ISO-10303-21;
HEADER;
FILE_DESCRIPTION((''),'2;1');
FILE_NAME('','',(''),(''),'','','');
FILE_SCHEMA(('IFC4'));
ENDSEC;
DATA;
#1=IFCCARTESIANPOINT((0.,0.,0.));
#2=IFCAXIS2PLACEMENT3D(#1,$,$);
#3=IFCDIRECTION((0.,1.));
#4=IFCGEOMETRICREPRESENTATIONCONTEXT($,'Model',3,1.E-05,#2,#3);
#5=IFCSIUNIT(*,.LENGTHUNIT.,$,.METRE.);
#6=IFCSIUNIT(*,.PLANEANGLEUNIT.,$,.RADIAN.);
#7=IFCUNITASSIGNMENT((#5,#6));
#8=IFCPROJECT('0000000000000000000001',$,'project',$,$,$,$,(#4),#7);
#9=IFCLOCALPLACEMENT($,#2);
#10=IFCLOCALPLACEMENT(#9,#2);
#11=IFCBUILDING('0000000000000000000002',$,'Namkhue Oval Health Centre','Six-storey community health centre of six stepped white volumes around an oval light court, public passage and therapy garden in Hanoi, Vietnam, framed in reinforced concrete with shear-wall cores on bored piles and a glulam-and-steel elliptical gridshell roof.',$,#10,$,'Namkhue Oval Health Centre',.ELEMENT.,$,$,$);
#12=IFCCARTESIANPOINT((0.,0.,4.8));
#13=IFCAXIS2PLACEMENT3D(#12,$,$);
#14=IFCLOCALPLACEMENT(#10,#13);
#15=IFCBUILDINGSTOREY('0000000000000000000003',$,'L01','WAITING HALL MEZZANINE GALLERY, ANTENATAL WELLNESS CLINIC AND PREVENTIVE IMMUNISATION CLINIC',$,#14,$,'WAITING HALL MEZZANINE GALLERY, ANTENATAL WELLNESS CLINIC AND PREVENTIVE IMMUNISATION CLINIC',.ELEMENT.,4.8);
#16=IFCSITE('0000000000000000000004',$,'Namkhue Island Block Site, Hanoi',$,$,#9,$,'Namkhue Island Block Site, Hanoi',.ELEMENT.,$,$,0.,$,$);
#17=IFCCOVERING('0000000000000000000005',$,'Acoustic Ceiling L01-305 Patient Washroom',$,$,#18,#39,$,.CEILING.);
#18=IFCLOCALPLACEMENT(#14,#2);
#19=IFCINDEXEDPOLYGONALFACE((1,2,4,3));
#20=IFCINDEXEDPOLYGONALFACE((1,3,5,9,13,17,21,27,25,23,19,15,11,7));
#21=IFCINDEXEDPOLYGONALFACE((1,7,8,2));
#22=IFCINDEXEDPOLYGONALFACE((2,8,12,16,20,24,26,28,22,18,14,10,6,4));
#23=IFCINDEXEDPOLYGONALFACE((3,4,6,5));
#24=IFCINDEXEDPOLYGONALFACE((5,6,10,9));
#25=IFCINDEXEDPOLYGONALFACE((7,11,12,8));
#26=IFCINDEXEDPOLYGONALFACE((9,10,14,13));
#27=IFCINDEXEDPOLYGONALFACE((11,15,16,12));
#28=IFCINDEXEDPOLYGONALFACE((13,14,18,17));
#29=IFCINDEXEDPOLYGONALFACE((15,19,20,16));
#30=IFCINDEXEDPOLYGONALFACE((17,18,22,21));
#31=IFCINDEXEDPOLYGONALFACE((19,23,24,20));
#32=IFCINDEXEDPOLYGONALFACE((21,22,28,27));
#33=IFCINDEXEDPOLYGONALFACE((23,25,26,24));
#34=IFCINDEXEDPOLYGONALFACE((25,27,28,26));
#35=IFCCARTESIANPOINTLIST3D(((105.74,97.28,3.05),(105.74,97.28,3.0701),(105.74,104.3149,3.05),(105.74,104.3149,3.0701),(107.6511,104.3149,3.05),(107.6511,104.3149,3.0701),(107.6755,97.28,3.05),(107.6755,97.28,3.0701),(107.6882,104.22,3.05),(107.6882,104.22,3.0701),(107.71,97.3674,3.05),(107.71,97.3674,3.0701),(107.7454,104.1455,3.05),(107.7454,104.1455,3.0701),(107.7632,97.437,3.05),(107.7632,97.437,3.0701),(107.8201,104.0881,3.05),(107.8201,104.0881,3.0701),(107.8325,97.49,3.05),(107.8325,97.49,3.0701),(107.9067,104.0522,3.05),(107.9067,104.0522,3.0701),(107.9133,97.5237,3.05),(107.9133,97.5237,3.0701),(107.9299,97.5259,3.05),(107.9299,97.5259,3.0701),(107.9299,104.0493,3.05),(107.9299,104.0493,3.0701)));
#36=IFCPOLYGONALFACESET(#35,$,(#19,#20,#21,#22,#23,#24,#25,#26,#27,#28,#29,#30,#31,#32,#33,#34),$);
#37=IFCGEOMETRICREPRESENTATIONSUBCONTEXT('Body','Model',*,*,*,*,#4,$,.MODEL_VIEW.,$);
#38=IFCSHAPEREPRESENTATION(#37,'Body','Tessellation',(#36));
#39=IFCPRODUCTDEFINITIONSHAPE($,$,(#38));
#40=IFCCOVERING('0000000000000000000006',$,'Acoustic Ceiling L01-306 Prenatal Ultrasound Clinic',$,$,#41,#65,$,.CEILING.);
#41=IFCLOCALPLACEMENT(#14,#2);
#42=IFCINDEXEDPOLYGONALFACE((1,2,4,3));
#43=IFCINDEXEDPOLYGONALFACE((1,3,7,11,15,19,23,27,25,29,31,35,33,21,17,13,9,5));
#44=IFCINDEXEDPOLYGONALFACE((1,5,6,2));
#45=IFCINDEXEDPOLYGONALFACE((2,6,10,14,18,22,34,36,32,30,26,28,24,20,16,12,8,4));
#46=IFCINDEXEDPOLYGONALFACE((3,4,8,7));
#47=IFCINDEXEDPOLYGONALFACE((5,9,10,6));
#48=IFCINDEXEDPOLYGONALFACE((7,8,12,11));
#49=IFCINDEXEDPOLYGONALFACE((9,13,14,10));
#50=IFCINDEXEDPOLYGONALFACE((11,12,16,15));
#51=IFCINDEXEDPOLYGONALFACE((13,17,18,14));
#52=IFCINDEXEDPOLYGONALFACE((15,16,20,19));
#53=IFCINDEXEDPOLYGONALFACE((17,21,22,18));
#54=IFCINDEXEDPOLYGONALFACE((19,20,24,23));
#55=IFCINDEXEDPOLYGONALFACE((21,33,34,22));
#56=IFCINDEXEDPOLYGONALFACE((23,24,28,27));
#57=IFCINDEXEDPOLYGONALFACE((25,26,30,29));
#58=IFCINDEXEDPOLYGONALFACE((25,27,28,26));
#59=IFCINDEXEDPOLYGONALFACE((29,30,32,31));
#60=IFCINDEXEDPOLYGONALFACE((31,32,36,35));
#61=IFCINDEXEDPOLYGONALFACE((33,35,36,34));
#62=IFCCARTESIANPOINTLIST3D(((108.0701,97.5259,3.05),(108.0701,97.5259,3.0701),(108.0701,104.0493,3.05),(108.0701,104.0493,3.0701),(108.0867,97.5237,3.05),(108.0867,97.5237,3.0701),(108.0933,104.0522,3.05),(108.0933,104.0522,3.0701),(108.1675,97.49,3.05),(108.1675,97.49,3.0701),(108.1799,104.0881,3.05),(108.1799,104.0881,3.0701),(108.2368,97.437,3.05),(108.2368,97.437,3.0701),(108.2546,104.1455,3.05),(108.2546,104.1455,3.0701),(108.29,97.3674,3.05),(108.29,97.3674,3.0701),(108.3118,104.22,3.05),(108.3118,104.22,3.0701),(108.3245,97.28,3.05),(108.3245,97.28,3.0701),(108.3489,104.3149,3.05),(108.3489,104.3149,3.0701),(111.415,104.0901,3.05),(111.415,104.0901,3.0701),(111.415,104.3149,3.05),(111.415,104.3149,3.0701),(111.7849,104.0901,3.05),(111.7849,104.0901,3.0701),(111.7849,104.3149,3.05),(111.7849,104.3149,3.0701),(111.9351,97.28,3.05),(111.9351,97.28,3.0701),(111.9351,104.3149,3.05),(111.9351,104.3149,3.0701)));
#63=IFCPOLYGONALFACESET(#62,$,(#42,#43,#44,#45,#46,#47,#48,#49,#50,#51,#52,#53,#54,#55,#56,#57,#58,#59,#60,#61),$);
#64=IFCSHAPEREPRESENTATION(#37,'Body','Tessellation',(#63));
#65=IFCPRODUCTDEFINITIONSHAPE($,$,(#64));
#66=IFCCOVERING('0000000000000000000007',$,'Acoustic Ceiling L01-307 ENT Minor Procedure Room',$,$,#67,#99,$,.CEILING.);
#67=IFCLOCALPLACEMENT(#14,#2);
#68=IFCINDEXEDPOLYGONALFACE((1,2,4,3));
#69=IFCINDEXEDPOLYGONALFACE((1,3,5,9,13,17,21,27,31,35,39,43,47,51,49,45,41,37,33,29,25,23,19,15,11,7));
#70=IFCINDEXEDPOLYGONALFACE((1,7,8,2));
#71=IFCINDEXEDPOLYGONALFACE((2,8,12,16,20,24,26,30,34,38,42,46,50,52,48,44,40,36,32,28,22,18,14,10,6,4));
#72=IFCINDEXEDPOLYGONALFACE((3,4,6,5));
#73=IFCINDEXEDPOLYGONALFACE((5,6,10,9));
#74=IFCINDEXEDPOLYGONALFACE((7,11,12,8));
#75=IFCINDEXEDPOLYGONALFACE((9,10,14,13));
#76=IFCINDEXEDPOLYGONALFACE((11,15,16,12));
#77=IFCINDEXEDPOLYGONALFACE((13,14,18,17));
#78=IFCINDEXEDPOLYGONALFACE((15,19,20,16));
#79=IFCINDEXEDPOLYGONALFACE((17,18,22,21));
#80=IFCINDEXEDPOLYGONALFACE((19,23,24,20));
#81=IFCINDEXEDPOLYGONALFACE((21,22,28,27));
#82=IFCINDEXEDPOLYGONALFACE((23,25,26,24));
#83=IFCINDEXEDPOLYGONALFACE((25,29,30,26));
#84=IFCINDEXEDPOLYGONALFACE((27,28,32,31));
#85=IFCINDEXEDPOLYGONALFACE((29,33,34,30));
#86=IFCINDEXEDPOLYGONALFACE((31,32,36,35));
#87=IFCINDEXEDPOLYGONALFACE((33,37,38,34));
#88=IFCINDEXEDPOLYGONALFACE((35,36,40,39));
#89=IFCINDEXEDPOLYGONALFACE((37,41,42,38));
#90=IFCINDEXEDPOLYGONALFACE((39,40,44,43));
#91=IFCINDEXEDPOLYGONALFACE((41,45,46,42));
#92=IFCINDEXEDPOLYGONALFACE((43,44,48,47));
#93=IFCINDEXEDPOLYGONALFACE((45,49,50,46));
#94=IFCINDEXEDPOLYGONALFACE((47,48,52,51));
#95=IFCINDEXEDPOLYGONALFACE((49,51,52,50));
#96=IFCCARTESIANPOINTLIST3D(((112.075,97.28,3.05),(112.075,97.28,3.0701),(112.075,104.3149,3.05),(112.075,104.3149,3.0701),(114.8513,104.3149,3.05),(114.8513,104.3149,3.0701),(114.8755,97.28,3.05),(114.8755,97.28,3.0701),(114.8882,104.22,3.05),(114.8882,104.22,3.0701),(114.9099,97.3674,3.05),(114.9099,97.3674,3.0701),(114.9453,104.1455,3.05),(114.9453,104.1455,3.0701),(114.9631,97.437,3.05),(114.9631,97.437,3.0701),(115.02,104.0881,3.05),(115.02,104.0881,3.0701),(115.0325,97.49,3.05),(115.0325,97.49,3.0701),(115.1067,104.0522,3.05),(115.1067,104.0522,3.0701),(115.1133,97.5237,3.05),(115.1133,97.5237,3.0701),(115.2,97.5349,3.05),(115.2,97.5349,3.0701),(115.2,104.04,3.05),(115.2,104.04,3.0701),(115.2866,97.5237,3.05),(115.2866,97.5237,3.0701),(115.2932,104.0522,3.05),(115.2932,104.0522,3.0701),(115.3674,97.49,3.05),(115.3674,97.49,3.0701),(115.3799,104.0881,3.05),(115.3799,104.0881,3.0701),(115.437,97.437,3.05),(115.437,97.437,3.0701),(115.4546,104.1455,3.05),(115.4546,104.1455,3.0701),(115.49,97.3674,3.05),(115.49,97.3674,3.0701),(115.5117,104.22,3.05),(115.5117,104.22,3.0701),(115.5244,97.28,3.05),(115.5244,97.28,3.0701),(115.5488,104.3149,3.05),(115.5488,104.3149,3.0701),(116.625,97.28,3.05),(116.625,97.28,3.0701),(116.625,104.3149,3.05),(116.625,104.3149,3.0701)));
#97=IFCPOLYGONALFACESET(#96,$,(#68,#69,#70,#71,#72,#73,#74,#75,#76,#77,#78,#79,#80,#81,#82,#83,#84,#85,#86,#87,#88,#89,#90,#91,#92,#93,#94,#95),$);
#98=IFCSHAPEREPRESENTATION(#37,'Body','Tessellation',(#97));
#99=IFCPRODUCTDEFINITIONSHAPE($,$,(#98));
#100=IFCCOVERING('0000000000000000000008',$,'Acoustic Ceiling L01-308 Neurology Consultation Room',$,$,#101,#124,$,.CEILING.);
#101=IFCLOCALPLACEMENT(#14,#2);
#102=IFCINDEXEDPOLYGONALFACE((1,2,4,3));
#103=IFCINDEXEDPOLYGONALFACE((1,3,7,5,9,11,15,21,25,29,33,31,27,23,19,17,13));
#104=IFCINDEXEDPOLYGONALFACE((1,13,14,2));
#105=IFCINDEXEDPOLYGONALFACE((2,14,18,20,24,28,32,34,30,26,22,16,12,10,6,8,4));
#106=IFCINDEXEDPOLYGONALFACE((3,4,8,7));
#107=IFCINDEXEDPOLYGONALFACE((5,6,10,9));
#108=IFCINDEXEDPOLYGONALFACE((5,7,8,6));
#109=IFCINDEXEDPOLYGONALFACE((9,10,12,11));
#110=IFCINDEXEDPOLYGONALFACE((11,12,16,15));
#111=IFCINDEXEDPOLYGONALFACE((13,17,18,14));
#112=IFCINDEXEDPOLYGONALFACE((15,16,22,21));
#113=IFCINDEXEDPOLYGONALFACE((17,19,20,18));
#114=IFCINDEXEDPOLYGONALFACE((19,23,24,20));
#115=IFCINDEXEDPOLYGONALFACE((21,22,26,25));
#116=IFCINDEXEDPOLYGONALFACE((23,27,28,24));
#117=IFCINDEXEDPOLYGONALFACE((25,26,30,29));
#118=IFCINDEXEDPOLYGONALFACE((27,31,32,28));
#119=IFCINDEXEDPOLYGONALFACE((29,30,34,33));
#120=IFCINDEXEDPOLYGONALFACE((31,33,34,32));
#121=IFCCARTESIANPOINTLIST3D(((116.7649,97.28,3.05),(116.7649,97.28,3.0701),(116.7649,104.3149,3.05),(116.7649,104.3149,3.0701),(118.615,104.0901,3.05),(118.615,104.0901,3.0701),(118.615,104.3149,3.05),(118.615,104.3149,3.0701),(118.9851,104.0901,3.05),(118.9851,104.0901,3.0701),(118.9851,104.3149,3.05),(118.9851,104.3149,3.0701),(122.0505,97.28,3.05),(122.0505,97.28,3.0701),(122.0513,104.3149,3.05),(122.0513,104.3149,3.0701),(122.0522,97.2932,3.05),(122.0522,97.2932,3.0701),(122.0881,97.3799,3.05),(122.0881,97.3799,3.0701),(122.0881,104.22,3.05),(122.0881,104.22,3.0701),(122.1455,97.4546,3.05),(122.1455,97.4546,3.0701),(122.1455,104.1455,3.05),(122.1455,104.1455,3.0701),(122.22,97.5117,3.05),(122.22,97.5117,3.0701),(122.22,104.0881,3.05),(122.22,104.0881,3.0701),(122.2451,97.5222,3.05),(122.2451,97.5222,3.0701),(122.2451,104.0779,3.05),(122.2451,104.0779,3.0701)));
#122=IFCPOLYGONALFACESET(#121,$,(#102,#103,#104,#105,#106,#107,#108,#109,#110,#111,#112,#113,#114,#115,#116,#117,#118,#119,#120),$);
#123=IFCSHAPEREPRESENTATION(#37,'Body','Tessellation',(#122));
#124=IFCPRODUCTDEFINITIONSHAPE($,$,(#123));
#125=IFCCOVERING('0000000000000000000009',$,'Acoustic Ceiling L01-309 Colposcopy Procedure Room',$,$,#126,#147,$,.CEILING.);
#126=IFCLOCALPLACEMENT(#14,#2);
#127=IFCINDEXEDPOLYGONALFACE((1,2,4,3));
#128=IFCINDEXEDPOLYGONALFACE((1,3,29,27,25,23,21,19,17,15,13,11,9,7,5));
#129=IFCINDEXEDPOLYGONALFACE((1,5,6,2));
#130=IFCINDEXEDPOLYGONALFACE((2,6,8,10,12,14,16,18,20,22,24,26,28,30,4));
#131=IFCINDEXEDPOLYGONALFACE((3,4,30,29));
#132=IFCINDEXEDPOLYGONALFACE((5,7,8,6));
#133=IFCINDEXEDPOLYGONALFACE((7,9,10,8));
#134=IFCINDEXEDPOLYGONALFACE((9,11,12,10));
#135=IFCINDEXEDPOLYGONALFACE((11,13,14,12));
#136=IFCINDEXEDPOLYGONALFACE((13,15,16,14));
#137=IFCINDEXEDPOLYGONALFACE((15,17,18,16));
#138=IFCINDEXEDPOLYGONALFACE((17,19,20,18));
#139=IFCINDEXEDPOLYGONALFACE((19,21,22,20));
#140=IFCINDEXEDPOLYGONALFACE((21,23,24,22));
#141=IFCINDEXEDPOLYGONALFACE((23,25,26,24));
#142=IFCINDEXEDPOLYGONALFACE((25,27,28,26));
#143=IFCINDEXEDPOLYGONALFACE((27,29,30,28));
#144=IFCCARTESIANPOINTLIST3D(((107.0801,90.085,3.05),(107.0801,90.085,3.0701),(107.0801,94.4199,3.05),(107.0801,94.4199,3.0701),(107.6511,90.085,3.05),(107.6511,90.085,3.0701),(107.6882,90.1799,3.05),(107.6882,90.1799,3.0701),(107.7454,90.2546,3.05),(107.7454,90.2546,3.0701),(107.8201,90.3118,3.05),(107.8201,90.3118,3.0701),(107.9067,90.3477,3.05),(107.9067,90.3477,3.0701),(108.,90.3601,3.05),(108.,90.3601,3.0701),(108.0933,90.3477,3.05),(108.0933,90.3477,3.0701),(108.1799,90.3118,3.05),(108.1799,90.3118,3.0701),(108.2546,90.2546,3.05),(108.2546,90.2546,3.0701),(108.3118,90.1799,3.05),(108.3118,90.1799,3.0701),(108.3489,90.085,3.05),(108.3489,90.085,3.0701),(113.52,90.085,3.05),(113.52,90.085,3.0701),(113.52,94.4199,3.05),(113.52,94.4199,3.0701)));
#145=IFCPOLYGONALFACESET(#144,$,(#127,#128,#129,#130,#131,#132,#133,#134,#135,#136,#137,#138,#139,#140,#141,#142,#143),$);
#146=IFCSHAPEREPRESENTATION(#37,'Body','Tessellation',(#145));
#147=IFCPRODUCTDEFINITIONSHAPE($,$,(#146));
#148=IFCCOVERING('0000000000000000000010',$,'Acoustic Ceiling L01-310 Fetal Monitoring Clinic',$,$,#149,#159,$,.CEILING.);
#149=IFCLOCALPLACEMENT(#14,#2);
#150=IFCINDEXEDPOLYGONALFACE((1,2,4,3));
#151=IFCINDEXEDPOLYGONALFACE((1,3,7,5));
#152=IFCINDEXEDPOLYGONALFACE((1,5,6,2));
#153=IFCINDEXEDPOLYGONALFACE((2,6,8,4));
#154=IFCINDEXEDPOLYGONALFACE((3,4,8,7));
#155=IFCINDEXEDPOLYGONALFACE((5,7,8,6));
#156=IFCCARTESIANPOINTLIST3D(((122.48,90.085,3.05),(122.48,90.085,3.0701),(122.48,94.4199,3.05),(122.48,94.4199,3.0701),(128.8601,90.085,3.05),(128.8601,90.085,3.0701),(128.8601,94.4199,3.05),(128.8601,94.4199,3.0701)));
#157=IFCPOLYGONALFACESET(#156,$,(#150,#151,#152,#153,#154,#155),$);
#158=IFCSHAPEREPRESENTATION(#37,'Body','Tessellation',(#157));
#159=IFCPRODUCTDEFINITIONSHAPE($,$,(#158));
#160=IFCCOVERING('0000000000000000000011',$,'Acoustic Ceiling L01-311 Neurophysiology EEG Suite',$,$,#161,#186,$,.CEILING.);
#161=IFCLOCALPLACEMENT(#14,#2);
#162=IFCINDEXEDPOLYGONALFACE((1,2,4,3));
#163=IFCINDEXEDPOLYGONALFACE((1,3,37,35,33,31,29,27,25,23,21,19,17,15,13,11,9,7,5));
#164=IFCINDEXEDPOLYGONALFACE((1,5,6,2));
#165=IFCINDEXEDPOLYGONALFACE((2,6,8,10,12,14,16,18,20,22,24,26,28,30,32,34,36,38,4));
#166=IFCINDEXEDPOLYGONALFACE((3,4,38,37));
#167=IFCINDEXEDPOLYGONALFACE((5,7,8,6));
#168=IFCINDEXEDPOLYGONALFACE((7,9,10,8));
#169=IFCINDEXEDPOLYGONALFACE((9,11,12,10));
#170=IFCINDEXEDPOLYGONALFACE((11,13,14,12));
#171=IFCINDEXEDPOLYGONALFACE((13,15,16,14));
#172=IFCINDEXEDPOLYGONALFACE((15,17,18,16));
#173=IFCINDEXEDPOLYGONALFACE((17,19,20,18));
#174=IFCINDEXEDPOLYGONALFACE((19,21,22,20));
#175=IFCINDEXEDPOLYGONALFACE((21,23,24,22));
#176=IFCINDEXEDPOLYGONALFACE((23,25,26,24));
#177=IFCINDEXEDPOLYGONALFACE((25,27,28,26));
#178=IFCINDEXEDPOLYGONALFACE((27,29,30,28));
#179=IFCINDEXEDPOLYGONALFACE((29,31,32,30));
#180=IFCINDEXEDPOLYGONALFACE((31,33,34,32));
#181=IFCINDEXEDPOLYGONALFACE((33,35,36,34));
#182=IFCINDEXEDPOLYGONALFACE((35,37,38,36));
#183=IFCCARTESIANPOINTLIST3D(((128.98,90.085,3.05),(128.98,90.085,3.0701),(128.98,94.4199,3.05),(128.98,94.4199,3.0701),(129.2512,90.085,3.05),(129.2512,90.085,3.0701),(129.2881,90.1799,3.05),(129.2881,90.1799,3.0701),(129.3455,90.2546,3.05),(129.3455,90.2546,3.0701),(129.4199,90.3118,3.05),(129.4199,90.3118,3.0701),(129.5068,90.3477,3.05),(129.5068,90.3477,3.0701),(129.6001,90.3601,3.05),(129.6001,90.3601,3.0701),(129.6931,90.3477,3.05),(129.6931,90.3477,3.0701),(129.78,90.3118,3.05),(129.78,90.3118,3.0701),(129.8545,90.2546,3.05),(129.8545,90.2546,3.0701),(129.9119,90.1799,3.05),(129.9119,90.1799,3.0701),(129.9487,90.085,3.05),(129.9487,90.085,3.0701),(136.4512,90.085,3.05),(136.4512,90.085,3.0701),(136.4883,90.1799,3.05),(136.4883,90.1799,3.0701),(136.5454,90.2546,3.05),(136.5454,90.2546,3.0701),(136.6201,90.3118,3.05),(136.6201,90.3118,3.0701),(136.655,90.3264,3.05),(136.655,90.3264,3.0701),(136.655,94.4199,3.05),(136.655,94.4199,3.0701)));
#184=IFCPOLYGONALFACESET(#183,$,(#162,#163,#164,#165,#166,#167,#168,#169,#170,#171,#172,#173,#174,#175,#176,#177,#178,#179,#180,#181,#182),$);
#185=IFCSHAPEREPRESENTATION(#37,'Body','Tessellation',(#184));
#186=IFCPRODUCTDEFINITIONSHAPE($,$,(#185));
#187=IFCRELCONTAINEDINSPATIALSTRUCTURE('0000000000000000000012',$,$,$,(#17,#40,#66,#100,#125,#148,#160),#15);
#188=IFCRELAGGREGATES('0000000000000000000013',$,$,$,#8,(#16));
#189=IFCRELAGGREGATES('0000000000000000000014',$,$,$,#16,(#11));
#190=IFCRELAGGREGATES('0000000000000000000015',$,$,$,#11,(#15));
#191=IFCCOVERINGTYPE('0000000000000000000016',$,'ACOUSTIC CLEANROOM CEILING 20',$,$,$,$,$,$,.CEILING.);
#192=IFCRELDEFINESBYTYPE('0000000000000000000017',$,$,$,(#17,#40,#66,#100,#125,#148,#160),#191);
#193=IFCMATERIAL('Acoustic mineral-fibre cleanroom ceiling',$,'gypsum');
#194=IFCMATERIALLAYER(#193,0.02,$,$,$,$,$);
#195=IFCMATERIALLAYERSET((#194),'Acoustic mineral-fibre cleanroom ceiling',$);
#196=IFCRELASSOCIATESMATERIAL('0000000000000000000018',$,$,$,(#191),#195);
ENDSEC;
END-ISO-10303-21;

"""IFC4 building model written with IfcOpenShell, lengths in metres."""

from ifc_helpers import new_model, si_unit, direction, frame, origin, place, context, subcontext, project, spatial, polyline, outline, extrude, material, layer, layer_set, type_object, element, save


model = new_model("IFC4")

# Units and contexts
model_context = context("Model", 3, precision=1e-05, world=origin(), true_north=direction((0.0, 1.0)))
body_context = subcontext(model_context, "Body", "Model", "MODEL_VIEW")
ifc_project = project(units=[si_unit("LENGTHUNIT", "METRE"), si_unit("PLANEANGLEUNIT", "RADIAN")], contexts=[model_context])

# Site, building, storey
site_placement = place(None, origin())
site = spatial("IfcSite", under=ifc_project, at=site_placement, Name="Namkhue Island Block Site, Hanoi", LongName="Namkhue Island Block Site, Hanoi", CompositionType="ELEMENT", RefElevation=0.0)
building_placement = place(site_placement, origin())
building = spatial("IfcBuilding", under=site, at=building_placement, Name="Namkhue Oval Health Centre", Description="Six-storey community health centre of six stepped white volumes around an oval light court, public passage and therapy garden in Hanoi, Vietnam, framed in reinforced concrete with shear-wall cores on bored piles and a glulam-and-steel elliptical gridshell roof.", LongName="Namkhue Oval Health Centre", CompositionType="ELEMENT")
storey_placement = place(building_placement, frame((0.0, 0.0, 4.8)))
storey = spatial("IfcBuildingStorey", under=building, at=storey_placement, Name="L01", Description="WAITING HALL MEZZANINE GALLERY, ANTENATAL WELLNESS CLINIC AND PREVENTIVE IMMUNISATION CLINIC", LongName="WAITING HALL MEZZANINE GALLERY, ANTENATAL WELLNESS CLINIC AND PREVENTIVE IMMUNISATION CLINIC", CompositionType="ELEMENT", Elevation=4.8)

# Coverings
ifc_material = material(Name="Acoustic mineral-fibre cleanroom ceiling", Category="gypsum")
ifc_layer = layer(ifc_material, 0.02)
ifc_layer_set = layer_set([ifc_layer], Name="Acoustic mineral-fibre cleanroom ceiling")
covering_type = type_object("IfcCoveringType", Name="ACOUSTIC CLEANROOM CEILING 20", PredefinedType="CEILING", material=ifc_layer_set)
covering_1_placement = place(storey_placement, frame((0.0, 0.0, 3.05)))
element("IfcCovering", 1, at=covering_1_placement, inside=storey, type_object=covering_type, Name="Acoustic Ceiling L01-305 Patient Washroom", PredefinedType="CEILING", context=body_context, shape_type="SweptSolid", body=[
    extrude(outline(polyline([(105.74, 97.28), (105.74, 104.3149), (107.6511, 104.3149), (107.6882, 104.22), (107.7454, 104.1455), (107.8201, 104.0881), (107.9067, 104.0522), (107.9299, 104.0493), (107.9299, 97.5259), (107.9133, 97.5237), (107.8325, 97.49), (107.7632, 97.437), (107.71, 97.3674), (107.6755, 97.28), (105.74, 97.28)])), origin(), (0.0, 0.0, 1.0), 0.02),
])
covering_2_placement = place(storey_placement, frame((0.0, 0.0, 3.05)))
element("IfcCovering", 2, at=covering_2_placement, inside=storey, type_object=covering_type, Name="Acoustic Ceiling L01-306 Prenatal Ultrasound Clinic", PredefinedType="CEILING", context=body_context, shape_type="SweptSolid", body=[
    extrude(outline(polyline([(108.3245, 97.28), (108.29, 97.3674), (108.2368, 97.437), (108.1675, 97.49), (108.0867, 97.5237), (108.0701, 97.5259), (108.0701, 104.0493), (108.0933, 104.0522), (108.1799, 104.0881), (108.2546, 104.1455), (108.3118, 104.22), (108.3489, 104.3149), (111.415, 104.3149), (111.415, 104.0901), (111.7849, 104.0901), (111.7849, 104.3149), (111.9351, 104.3149), (111.9351, 97.28), (108.3245, 97.28)])), origin(), (0.0, 0.0, 1.0), 0.02),
])
covering_3_placement = place(storey_placement, frame((0.0, 0.0, 3.05)))
element("IfcCovering", 3, at=covering_3_placement, inside=storey, type_object=covering_type, Name="Acoustic Ceiling L01-307 ENT Minor Procedure Room", PredefinedType="CEILING", context=body_context, shape_type="SweptSolid", body=[
    extrude(outline(polyline([(115.5244, 97.28), (115.49, 97.3674), (115.437, 97.437), (115.3674, 97.49), (115.2866, 97.5237), (115.2, 97.5349), (115.1133, 97.5237), (115.0325, 97.49), (114.9631, 97.437), (114.9099, 97.3674), (114.8755, 97.28), (112.075, 97.28), (112.075, 104.3149), (114.8513, 104.3149), (114.8882, 104.22), (114.9453, 104.1455), (115.02, 104.0881), (115.1067, 104.0522), (115.2, 104.04), (115.2932, 104.0522), (115.3799, 104.0881), (115.4546, 104.1455), (115.5117, 104.22), (115.5488, 104.3149), (116.625, 104.3149), (116.625, 97.28), (115.5244, 97.28)])), origin(), (0.0, 0.0, 1.0), 0.02),
])
covering_4_placement = place(storey_placement, frame((0.0, 0.0, 3.05)))
element("IfcCovering", 4, at=covering_4_placement, inside=storey, type_object=covering_type, Name="Acoustic Ceiling L01-308 Neurology Consultation Room", PredefinedType="CEILING", context=body_context, shape_type="SweptSolid", body=[
    extrude(outline(polyline([(116.7649, 97.28), (116.7649, 104.3149), (118.615, 104.3149), (118.615, 104.0901), (118.9851, 104.0901), (118.9851, 104.3149), (122.0513, 104.3149), (122.0881, 104.22), (122.1455, 104.1455), (122.22, 104.0881), (122.2451, 104.0779), (122.2451, 97.5222), (122.22, 97.5117), (122.1455, 97.4546), (122.0881, 97.3799), (122.0522, 97.2932), (122.0505, 97.28), (116.7649, 97.28)])), origin(), (0.0, 0.0, 1.0), 0.02),
])
covering_5_placement = place(storey_placement, frame((0.0, 0.0, 3.05)))
element("IfcCovering", 5, at=covering_5_placement, inside=storey, type_object=covering_type, Name="Acoustic Ceiling L01-309 Colposcopy Procedure Room", PredefinedType="CEILING", context=body_context, shape_type="SweptSolid", body=[
    extrude(outline(polyline([(108.3489, 90.085), (108.3118, 90.1799), (108.2546, 90.2546), (108.1799, 90.3118), (108.0933, 90.3477), (108.0, 90.3601), (107.9067, 90.3477), (107.8201, 90.3118), (107.7454, 90.2546), (107.6882, 90.1799), (107.6511, 90.085), (107.0801, 90.085), (107.0801, 94.4199), (113.52, 94.4199), (113.52, 90.085), (108.3489, 90.085)])), origin(), (0.0, 0.0, 1.0), 0.02),
])
covering_6_placement = place(storey_placement, frame((0.0, 0.0, 3.05)))
element("IfcCovering", 6, at=covering_6_placement, inside=storey, type_object=covering_type, Name="Acoustic Ceiling L01-310 Fetal Monitoring Clinic", PredefinedType="CEILING", context=body_context, shape_type="SweptSolid", body=[
    extrude(outline(polyline([(122.48, 90.085), (122.48, 94.4199), (128.8601, 94.4199), (128.8601, 90.085), (122.48, 90.085)])), origin(), (0.0, 0.0, 1.0), 0.02),
])
covering_7_placement = place(storey_placement, frame((0.0, 0.0, 3.05)))
element("IfcCovering", 7, at=covering_7_placement, inside=storey, type_object=covering_type, Name="Acoustic Ceiling L01-311 Neurophysiology EEG Suite", PredefinedType="CEILING", context=body_context, shape_type="SweptSolid", body=[
    extrude(outline(polyline([(129.9487, 90.085), (129.9119, 90.1799), (129.8545, 90.2546), (129.78, 90.3118), (129.6931, 90.3477), (129.6001, 90.3601), (129.5068, 90.3477), (129.4199, 90.3118), (129.3455, 90.2546), (129.2881, 90.1799), (129.2512, 90.085), (128.98, 90.085), (128.98, 94.4199), (136.655, 94.4199), (136.655, 90.3264), (136.6201, 90.3118), (136.5454, 90.2546), (136.4883, 90.1799), (136.4512, 90.085), (129.9487, 90.085)])), origin(), (0.0, 0.0, 1.0), 0.02),
])

save(model, "model.ifc")
